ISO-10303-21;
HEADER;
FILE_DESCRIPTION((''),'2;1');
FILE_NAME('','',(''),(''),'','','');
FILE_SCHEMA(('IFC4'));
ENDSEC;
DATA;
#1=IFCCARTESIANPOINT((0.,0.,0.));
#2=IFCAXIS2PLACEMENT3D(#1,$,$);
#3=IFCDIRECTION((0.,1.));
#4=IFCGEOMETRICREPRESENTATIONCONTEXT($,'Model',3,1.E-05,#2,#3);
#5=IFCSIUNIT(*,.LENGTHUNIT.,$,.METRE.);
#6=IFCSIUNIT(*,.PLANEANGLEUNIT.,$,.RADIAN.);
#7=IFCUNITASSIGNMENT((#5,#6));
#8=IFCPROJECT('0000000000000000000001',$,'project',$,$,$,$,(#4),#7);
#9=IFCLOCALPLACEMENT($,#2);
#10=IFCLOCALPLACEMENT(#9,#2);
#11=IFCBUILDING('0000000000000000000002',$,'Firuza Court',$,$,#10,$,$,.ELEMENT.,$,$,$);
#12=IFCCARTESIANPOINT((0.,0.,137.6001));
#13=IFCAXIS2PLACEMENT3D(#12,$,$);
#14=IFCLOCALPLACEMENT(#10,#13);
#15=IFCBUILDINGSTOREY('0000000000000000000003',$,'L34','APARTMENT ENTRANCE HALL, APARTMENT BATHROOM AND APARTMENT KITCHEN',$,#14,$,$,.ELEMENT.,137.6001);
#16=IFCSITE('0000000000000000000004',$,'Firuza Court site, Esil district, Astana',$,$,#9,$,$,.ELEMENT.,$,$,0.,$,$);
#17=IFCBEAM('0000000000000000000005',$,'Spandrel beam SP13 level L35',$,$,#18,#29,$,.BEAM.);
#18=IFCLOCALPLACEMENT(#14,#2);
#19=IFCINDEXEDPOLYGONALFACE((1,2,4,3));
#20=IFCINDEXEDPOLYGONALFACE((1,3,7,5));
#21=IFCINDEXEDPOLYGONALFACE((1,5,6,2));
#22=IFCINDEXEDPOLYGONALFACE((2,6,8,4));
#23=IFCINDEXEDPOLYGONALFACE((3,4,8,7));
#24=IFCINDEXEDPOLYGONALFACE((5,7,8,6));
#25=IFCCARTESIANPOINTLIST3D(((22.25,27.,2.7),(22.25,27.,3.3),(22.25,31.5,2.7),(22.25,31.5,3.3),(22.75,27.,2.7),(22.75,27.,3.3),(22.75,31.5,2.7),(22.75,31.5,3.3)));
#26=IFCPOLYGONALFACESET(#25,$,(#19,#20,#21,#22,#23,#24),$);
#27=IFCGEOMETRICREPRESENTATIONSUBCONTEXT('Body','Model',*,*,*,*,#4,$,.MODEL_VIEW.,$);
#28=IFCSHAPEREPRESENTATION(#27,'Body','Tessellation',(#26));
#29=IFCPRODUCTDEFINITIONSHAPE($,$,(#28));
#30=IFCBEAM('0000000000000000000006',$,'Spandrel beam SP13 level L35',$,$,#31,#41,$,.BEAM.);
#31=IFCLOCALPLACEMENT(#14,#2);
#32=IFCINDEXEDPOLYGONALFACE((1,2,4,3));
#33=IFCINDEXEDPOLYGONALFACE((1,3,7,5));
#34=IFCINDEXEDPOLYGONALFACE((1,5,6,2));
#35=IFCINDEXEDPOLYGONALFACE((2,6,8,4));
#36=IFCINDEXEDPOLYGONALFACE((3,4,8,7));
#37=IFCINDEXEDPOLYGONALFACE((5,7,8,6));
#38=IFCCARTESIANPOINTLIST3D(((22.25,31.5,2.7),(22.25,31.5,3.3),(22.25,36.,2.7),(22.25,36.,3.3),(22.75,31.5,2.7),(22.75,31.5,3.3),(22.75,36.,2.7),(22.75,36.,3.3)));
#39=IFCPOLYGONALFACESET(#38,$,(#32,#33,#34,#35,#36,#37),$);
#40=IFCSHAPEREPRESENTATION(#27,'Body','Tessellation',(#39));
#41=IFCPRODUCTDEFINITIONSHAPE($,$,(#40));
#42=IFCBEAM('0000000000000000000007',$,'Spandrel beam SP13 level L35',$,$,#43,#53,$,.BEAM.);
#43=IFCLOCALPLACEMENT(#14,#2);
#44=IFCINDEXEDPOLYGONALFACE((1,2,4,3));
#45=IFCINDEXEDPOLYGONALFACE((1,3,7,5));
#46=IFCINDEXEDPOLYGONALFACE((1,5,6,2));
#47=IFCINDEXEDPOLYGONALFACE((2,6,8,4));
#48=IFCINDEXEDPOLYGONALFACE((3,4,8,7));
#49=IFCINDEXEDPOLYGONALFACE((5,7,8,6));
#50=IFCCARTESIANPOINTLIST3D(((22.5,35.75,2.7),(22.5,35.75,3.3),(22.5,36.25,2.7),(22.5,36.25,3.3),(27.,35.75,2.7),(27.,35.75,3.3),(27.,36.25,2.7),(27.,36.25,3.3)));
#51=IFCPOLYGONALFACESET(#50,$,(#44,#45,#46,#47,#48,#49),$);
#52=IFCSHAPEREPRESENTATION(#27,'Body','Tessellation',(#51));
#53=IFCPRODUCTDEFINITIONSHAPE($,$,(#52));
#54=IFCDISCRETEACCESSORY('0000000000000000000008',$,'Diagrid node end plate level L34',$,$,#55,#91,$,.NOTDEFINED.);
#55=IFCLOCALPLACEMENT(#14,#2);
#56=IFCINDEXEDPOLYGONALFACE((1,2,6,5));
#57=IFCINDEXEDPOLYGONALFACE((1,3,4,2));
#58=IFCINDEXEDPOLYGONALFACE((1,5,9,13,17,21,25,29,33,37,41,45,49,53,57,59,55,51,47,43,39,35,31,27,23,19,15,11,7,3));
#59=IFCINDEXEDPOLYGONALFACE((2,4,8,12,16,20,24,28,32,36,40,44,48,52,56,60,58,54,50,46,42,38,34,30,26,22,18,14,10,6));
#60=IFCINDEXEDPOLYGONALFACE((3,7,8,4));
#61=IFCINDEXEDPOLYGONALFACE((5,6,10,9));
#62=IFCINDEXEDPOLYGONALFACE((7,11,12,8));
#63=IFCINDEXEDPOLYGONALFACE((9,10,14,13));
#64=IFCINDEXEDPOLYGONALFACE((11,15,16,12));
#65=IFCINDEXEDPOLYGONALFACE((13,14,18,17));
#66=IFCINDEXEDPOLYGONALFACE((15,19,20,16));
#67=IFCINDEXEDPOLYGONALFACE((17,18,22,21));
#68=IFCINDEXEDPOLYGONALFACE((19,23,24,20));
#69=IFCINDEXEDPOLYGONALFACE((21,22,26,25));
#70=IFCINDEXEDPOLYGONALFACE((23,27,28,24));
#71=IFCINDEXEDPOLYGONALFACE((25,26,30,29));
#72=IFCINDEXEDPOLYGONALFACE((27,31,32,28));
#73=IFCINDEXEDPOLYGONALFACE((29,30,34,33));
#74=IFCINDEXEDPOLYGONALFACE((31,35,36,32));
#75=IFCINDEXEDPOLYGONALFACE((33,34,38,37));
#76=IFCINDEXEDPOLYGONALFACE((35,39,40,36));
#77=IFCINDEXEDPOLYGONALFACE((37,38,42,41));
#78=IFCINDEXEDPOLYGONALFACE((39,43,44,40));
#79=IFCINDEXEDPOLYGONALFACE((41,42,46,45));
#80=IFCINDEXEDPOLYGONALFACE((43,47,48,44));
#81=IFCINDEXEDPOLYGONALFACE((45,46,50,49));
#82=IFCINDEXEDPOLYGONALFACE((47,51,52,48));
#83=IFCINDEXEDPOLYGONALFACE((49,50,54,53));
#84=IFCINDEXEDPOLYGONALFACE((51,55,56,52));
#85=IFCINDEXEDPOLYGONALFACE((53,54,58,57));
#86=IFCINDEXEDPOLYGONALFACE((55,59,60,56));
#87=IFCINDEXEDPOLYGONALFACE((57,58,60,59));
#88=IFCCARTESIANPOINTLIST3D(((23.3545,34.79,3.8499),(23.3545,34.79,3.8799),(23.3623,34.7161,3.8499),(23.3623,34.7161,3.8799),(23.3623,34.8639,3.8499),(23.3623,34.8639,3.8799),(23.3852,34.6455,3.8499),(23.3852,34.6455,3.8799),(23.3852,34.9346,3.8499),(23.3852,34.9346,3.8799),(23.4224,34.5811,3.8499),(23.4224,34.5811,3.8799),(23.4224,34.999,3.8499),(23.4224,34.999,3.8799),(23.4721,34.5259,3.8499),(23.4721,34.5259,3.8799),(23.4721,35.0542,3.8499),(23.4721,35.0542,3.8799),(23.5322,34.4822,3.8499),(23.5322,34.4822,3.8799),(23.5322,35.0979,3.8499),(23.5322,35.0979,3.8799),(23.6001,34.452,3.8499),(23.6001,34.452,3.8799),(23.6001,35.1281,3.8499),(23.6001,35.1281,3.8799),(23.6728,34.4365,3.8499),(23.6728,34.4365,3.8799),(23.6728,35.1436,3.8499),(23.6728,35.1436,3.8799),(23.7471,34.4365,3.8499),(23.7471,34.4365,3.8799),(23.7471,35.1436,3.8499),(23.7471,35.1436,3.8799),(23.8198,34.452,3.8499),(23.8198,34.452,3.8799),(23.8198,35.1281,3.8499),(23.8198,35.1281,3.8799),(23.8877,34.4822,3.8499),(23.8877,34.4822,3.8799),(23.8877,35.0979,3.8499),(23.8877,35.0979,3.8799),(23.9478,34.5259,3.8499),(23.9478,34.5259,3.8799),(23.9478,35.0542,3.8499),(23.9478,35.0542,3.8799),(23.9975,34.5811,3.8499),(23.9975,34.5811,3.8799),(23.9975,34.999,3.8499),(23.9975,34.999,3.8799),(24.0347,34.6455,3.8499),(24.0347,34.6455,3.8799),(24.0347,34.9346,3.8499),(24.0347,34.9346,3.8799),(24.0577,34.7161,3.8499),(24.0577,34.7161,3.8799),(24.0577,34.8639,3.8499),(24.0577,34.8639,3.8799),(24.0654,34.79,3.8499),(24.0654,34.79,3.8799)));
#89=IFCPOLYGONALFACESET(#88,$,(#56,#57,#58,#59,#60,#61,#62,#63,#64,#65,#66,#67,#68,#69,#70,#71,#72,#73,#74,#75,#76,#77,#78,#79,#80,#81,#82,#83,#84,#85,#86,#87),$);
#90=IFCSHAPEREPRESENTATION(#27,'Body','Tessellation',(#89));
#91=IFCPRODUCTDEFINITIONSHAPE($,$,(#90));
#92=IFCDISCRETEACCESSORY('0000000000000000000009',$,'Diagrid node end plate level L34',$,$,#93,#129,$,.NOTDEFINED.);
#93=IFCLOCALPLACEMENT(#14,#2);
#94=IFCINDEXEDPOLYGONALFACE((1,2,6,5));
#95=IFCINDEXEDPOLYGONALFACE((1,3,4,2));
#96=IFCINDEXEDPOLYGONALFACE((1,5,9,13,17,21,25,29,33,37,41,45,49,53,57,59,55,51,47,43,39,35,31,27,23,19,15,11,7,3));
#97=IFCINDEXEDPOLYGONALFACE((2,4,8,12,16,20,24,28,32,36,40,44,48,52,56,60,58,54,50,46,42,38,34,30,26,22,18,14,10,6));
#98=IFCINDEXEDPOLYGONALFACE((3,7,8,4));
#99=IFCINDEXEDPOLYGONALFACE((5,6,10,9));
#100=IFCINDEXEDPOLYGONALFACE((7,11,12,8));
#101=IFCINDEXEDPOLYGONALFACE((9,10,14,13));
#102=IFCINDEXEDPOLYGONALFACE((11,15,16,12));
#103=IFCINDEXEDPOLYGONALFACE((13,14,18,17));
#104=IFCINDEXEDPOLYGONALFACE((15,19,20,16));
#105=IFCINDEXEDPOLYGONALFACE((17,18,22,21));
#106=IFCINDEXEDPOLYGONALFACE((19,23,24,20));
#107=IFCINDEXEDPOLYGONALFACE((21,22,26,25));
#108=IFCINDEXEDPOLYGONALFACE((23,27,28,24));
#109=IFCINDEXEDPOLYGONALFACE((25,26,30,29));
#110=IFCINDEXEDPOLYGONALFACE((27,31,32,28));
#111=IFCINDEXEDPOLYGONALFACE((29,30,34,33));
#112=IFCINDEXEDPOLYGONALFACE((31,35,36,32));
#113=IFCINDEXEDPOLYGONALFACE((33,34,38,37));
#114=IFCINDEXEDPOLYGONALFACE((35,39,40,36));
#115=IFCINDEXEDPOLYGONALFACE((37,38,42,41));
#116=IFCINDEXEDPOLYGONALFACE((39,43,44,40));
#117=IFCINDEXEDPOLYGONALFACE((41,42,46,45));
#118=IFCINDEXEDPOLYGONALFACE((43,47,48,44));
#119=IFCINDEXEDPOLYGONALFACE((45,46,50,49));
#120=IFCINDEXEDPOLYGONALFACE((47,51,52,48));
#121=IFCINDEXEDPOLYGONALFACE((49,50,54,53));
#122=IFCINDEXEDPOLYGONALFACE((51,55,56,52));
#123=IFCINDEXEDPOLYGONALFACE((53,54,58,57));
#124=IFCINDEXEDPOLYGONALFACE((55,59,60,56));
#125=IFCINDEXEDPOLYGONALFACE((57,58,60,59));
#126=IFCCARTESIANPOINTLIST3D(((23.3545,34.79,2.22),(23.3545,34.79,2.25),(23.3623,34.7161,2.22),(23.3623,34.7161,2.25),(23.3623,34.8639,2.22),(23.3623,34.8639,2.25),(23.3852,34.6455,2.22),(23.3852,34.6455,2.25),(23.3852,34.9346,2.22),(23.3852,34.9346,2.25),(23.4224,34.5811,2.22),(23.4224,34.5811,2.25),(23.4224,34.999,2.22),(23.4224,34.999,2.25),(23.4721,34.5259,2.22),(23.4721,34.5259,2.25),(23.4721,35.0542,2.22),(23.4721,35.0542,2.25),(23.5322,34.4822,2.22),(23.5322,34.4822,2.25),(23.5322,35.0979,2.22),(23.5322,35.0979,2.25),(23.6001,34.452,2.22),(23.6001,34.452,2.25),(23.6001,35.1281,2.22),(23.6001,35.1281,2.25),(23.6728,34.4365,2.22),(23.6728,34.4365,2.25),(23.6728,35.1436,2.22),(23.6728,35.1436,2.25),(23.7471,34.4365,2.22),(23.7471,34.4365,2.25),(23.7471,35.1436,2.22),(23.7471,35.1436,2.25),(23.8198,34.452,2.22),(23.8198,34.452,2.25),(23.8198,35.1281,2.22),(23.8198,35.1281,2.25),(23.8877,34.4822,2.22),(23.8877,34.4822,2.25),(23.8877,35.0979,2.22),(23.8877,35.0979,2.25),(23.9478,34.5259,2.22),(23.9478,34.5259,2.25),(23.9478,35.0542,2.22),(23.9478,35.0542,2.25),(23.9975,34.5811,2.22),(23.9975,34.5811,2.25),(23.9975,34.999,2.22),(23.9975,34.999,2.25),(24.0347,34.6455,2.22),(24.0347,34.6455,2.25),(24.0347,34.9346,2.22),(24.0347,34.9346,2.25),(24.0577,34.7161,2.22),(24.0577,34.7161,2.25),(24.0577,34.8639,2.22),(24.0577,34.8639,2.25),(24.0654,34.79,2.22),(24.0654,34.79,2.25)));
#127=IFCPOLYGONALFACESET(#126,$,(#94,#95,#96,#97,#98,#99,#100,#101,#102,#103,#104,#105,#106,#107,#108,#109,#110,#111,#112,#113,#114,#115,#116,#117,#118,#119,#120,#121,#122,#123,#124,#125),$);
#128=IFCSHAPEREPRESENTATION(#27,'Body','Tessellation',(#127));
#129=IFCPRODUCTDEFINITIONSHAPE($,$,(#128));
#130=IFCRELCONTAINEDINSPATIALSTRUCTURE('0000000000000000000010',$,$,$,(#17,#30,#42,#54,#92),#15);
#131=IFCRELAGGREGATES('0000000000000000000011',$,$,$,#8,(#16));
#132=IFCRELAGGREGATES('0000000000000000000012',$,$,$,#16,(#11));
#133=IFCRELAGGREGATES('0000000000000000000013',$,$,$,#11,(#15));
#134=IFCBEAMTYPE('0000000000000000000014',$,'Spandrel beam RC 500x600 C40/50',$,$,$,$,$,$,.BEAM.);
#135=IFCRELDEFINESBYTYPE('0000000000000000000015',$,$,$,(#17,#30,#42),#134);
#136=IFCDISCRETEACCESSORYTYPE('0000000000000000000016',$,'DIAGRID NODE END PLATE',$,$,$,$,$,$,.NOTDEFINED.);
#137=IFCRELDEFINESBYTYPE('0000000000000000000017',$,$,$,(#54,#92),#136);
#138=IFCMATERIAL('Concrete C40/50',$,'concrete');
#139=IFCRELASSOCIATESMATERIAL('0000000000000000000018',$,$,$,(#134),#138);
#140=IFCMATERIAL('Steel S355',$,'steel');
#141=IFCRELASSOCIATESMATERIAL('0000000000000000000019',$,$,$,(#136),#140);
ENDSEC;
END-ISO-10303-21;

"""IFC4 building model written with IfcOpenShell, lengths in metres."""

from ifc_helpers import new_model, si_unit, direction, frame, origin, origin_2d, place, context, subcontext, project, spatial, rectangle, circle, extrude, material, material_profile, profile_set, type_object, element, save


model = new_model("IFC4")

# Units and contexts
model_context = context("Model", 3, precision=1e-05, world=origin(), true_north=direction((0.0, 1.0)))
body_context = subcontext(model_context, "Body", "Model", "MODEL_VIEW")
ifc_project = project(units=[si_unit("LENGTHUNIT", "METRE"), si_unit("PLANEANGLEUNIT", "RADIAN")], contexts=[model_context])

# Site, building, storey
site_placement = place(None, origin())
site = spatial("IfcSite", under=ifc_project, at=site_placement, Name="Firuza Court site, Esil district, Astana", CompositionType="ELEMENT", RefElevation=0.0)
building_placement = place(site_placement, origin())
building = spatial("IfcBuilding", under=site, at=building_placement, Name="Firuza Court", CompositionType="ELEMENT")
storey_placement = place(building_placement, frame((0.0, 0.0, 137.6001)))
storey = spatial("IfcBuildingStorey", under=building, at=storey_placement, Name="L34", Description="APARTMENT ENTRANCE HALL, APARTMENT BATHROOM AND APARTMENT KITCHEN", CompositionType="ELEMENT", Elevation=137.6001)

# Beams
ifc_material_1 = material(Name="Concrete C40/50", Category="concrete")
ifc_material_profile_1 = material_profile(ifc_material_1, rectangle(XDim=0.5, YDim=0.6001, at=origin_2d()), Name="RC 500x600")
ifc_profile_set_1 = profile_set([ifc_material_profile_1], Name="Concrete C40/50")
beam_type_1 = type_object("IfcBeamType", Name="Spandrel beam RC 500x600 C40/50", PredefinedType="BEAM", material=ifc_profile_set_1)
for number, where, z_axis, x_axis, name in (
    (1, (22.5, 27.0, 3.0), (0.0, 1.0, 0.0), (-1.0, 0.0, 0.0), "Spandrel beam SP13 level L35"),
    (2, (22.5, 31.5, 3.0), (0.0, 1.0, 0.0), (-1.0, 0.0, 0.0), "Spandrel beam SP13 level L35"),
    (3, (22.5, 36.0, 3.0), (1.0, 0.0, 0.0), (0.0, 1.0, 0.0), "Spandrel beam SP13 level L35"),
):
    element("IfcBeam", number, at=place(storey_placement, frame(where, z_axis=z_axis, x_axis=x_axis)), inside=storey, type_object=beam_type_1, Name=name, PredefinedType="BEAM", context=body_context, shape_type="SweptSolid", body=[
        extrude(rectangle(XDim=0.5, YDim=0.6001, at=origin_2d()), origin(), (0.0, 0.0, 1.0), 4.5),
    ])

# Discrete accessories
ifc_material_2 = material(Name="Steel S355", Category="steel")
ifc_material_profile_2 = material_profile(ifc_material_2, circle(Radius=0.3555, at=origin_2d()), Name="PL D711")
ifc_profile_set_2 = profile_set([ifc_material_profile_2], Name="Steel S355")
discrete_accessory_type = type_object("IfcDiscreteAccessoryType", Name="DIAGRID NODE END PLATE", PredefinedType="NOTDEFINED", material=ifc_profile_set_2)
for number, where, z_axis, x_axis, name in (
    (4, (23.71, 34.79, 3.8499), (0.0, 0.0, 1.0), (1.0, 0.0, 0.0), "Diagrid node end plate level L34"),
    (5, (23.71, 34.79, 2.22), (0.0, 0.0, 1.0), (1.0, 0.0, 0.0), "Diagrid node end plate level L34"),
):
    element("IfcDiscreteAccessory", number, at=place(storey_placement, frame(where, z_axis=z_axis, x_axis=x_axis)), inside=storey, type_object=discrete_accessory_type, Name=name, PredefinedType="NOTDEFINED", context=body_context, shape_type="SweptSolid", body=[
        extrude(circle(Radius=0.3555, at=origin_2d()), origin(), (0.0, 0.0, 1.0), 0.03),
    ])

save(model, "model.ifc")
